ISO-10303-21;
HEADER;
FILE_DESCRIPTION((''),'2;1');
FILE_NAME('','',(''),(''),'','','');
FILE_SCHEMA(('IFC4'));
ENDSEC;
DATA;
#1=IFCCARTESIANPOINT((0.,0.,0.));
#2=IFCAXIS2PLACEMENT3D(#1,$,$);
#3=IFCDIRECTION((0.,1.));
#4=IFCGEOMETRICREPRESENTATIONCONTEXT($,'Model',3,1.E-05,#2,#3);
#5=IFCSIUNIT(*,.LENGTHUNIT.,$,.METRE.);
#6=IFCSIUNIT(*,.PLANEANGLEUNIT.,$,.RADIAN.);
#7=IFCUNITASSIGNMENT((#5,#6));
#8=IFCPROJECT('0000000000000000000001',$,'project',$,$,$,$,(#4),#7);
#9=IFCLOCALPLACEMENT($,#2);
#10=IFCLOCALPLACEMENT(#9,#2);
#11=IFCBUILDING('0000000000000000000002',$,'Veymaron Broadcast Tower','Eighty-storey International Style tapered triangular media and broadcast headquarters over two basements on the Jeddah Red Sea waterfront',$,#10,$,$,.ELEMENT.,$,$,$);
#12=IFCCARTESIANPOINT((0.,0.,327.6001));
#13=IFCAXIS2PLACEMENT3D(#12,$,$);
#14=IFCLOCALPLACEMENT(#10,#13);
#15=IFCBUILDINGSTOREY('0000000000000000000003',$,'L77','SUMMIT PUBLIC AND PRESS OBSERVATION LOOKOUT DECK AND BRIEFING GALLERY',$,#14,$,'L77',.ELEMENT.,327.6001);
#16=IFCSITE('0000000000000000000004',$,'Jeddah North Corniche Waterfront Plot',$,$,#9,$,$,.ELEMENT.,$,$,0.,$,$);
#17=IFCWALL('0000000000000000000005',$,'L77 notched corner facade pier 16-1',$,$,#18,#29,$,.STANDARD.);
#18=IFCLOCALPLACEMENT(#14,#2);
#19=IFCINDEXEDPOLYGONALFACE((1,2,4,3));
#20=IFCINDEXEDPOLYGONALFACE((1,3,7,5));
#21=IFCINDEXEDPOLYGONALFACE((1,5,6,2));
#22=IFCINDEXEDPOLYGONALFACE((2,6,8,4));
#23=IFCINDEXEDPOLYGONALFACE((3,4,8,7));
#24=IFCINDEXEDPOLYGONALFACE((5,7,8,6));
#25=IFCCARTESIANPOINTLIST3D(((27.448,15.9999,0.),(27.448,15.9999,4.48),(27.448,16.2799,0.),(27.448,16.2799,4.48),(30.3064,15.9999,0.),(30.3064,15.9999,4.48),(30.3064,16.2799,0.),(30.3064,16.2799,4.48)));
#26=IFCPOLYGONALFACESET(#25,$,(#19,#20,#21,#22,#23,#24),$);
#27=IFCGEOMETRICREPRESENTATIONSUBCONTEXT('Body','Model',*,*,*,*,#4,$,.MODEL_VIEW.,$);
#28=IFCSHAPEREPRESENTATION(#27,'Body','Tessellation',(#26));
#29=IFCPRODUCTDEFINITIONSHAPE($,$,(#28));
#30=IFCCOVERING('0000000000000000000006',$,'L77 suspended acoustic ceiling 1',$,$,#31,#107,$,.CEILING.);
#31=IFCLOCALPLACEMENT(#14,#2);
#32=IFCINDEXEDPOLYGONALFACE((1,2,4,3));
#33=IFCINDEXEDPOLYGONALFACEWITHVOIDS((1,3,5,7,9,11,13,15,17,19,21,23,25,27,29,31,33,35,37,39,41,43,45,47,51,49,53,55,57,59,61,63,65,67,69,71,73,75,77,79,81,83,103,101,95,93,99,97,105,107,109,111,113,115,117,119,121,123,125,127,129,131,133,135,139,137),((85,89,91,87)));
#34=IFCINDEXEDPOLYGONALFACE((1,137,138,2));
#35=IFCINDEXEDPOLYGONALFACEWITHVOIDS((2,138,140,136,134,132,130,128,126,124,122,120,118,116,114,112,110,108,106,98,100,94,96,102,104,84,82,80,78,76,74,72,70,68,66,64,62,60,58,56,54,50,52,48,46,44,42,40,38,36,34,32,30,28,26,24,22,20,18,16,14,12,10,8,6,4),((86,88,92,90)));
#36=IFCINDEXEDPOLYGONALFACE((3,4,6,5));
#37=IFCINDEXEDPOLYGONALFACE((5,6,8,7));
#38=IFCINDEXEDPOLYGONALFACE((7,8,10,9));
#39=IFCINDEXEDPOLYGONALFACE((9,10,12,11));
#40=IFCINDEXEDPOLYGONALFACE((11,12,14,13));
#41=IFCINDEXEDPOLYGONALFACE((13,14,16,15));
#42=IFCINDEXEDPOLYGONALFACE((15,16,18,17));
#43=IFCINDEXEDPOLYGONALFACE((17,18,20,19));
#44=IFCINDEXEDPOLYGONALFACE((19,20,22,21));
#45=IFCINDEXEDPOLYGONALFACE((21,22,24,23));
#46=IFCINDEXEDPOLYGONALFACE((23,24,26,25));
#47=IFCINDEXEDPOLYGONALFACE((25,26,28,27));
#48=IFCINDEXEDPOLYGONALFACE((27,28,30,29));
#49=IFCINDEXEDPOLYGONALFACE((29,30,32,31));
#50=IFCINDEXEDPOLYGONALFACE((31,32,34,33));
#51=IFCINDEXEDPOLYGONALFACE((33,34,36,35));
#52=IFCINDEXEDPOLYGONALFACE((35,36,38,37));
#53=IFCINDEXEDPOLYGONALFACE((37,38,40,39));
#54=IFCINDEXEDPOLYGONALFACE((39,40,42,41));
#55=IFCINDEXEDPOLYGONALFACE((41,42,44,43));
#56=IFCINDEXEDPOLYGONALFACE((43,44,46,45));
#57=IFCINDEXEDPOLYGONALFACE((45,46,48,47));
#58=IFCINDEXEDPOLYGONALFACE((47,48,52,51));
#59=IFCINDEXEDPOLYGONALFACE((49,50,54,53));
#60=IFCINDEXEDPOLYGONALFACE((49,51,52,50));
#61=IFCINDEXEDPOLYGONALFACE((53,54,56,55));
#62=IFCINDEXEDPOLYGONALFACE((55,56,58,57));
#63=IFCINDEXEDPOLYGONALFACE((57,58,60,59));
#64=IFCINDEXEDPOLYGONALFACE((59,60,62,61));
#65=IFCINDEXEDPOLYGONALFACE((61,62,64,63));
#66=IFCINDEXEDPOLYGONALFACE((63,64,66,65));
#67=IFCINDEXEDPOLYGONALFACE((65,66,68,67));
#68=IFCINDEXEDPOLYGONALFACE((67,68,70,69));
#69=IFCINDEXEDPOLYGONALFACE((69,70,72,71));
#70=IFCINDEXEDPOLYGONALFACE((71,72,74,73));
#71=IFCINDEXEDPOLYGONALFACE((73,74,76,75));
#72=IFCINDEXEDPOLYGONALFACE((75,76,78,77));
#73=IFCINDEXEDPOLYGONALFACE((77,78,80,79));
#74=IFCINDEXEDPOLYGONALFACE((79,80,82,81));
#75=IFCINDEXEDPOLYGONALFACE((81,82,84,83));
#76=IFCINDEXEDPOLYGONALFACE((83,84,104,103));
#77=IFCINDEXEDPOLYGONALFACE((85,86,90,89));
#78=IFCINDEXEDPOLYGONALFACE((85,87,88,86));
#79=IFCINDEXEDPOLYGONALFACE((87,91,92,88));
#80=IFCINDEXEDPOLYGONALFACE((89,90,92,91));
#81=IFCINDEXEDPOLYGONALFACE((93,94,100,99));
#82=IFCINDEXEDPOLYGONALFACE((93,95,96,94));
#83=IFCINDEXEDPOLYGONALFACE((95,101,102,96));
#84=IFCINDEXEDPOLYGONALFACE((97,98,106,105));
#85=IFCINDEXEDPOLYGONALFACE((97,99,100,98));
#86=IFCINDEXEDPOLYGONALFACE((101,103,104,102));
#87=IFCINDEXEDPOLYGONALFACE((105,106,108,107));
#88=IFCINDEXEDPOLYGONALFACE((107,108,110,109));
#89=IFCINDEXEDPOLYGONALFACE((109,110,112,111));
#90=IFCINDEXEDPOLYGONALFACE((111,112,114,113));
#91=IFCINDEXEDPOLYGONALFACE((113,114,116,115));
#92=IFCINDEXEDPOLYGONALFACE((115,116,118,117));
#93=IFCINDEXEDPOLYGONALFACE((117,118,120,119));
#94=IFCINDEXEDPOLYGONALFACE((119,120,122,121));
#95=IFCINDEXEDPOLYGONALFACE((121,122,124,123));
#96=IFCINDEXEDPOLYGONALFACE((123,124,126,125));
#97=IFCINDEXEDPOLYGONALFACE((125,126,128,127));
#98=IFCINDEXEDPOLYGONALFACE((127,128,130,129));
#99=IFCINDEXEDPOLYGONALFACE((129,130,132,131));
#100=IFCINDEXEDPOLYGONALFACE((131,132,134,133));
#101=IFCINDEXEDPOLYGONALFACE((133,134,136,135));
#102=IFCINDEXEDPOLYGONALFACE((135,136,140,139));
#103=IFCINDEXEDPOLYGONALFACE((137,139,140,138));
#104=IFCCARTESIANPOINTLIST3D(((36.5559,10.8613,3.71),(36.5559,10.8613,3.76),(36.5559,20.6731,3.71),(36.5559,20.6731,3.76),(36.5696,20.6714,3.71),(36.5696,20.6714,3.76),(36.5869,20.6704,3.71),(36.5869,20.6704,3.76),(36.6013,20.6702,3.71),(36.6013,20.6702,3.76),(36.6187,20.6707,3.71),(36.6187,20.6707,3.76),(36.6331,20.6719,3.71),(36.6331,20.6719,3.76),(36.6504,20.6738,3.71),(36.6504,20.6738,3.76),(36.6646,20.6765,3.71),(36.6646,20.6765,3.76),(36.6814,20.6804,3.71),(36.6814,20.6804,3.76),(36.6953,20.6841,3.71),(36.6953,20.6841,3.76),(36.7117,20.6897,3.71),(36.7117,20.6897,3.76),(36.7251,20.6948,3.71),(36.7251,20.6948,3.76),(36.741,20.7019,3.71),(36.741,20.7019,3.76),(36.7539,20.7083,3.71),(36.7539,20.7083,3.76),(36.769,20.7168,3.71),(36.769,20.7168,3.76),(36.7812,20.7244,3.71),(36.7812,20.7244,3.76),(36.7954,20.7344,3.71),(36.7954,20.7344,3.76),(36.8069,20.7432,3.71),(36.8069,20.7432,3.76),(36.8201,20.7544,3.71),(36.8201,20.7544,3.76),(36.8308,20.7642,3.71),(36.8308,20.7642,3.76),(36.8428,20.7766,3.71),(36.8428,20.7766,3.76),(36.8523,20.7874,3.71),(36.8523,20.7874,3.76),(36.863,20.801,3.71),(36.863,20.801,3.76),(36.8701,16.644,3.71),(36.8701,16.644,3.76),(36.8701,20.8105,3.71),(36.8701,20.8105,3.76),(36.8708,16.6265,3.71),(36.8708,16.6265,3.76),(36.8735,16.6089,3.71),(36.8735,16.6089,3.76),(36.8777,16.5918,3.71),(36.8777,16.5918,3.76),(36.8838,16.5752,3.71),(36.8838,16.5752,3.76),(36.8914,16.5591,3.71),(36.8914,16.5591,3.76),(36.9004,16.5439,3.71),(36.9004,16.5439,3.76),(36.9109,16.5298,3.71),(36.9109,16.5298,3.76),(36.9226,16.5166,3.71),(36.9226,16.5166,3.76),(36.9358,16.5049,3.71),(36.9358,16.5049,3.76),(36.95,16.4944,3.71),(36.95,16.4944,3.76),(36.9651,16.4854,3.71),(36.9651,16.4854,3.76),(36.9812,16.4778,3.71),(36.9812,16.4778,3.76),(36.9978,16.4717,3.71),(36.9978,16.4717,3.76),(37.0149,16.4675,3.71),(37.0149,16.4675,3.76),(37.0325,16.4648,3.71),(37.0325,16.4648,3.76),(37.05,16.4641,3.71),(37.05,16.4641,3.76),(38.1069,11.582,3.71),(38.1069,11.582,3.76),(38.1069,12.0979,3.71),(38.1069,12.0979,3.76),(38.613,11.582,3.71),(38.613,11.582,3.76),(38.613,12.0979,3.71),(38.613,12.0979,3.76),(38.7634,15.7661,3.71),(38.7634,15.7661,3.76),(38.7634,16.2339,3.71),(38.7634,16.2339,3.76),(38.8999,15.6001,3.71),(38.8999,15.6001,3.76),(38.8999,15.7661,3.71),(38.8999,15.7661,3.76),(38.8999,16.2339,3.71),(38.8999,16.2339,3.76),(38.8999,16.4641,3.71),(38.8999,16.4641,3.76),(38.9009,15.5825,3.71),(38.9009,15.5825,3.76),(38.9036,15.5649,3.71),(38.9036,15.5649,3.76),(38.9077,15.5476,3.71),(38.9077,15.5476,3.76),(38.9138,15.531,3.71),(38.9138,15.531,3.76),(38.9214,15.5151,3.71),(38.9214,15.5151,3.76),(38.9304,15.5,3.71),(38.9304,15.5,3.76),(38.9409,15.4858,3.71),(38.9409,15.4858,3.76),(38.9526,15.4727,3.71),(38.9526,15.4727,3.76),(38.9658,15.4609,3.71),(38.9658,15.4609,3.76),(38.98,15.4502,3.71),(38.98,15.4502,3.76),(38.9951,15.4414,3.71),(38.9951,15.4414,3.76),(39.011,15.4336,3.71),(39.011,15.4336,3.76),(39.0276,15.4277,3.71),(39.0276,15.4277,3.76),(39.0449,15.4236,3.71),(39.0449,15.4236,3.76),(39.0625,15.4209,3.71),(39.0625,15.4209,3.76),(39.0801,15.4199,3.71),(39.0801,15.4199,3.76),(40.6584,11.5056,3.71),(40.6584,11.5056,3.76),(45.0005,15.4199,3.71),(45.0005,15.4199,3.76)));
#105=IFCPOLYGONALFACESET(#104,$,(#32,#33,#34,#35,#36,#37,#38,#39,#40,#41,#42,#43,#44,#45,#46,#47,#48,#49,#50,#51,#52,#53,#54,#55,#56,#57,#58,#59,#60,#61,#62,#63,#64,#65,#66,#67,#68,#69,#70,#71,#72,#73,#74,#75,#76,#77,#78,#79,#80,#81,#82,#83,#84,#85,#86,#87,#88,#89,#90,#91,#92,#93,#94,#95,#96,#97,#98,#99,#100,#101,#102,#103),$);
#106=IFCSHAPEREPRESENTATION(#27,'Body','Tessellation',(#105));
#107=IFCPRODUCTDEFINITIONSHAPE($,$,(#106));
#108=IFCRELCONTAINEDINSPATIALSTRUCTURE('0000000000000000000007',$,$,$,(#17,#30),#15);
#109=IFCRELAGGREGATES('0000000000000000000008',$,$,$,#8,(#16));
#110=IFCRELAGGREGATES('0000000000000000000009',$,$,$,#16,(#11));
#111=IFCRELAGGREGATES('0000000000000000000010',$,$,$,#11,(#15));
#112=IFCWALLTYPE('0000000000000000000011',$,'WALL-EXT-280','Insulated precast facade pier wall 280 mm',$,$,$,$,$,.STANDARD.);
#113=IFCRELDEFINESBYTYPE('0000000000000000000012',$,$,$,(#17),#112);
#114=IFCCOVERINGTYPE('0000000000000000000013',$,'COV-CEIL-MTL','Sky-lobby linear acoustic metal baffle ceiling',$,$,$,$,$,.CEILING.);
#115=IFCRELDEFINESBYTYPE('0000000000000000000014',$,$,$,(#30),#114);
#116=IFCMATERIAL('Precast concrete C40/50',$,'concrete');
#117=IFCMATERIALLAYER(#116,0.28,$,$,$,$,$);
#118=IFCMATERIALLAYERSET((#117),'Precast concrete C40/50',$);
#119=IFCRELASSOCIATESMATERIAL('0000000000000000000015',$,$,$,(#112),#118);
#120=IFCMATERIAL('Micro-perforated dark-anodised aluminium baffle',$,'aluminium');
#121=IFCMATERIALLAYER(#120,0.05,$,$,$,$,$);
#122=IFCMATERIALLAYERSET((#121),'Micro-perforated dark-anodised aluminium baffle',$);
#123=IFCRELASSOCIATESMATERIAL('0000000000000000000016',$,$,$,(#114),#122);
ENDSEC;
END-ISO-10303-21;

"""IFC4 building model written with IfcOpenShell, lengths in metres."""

from ifc_helpers import new_model, si_unit, direction, frame, frame_2d, origin, place, context, subcontext, project, spatial, polyline, rectangle, outline, extrude, material, layer, layer_set, type_object, element, save


model = new_model("IFC4")

# Units and contexts
model_context = context("Model", 3, precision=1e-05, world=origin(), true_north=direction((0.0, 1.0)))
body_context = subcontext(model_context, "Body", "Model", "MODEL_VIEW")
ifc_project = project(units=[si_unit("LENGTHUNIT", "METRE"), si_unit("PLANEANGLEUNIT", "RADIAN")], contexts=[model_context])

# Site, building, storey
site_placement = place(None, origin())
site = spatial("IfcSite", under=ifc_project, at=site_placement, Name="Jeddah North Corniche Waterfront Plot", CompositionType="ELEMENT", RefElevation=0.0)
building_placement = place(site_placement, origin())
building = spatial("IfcBuilding", under=site, at=building_placement, Name="Veymaron Broadcast Tower", Description="Eighty-storey International Style tapered triangular media and broadcast headquarters over two basements on the Jeddah Red Sea waterfront", CompositionType="ELEMENT")
storey_placement = place(building_placement, frame((0.0, 0.0, 327.6001)))
storey = spatial("IfcBuildingStorey", under=building, at=storey_placement, Name="L77", Description="SUMMIT PUBLIC AND PRESS OBSERVATION LOOKOUT DECK AND BRIEFING GALLERY", LongName="L77", CompositionType="ELEMENT", Elevation=327.6001)

# Wall
ifc_material_1 = material(Name="Precast concrete C40/50", Category="concrete")
ifc_layer_1 = layer(ifc_material_1, 0.28)
ifc_layer_set_1 = layer_set([ifc_layer_1], Name="Precast concrete C40/50")
wall_type_1 = type_object("IfcWallType", Name="WALL-EXT-280", Description="Insulated precast facade pier wall 280 mm", PredefinedType="STANDARD", material=ifc_layer_set_1)
wall_1_placement = place(storey_placement, frame((27.448, 16.1399, 0.0), z_axis=(0.0, 0.0, 1.0), x_axis=(1.0, 0.0, 0.0)))
element("IfcWall", 1, at=wall_1_placement, inside=storey, type_object=wall_type_1, Name="L77 notched corner facade pier 16-1", PredefinedType="STANDARD", context=body_context, shape_type="SweptSolid", body=[
    extrude(rectangle(XDim=2.8584, YDim=0.28, at=frame_2d((1.4292, 0.0))), origin(), (0.0, 0.0, 1.0), 4.48),
])

# Covering
ifc_material_2 = material(Name="Micro-perforated dark-anodised aluminium baffle", Category="aluminium")
ifc_layer_2 = layer(ifc_material_2, 0.05)
ifc_layer_set_2 = layer_set([ifc_layer_2], Name="Micro-perforated dark-anodised aluminium baffle")
covering_type_1 = type_object("IfcCoveringType", Name="COV-CEIL-MTL", Description="Sky-lobby linear acoustic metal baffle ceiling", PredefinedType="CEILING", material=ifc_layer_set_2)
covering_1_placement = place(storey_placement, frame((0.0, 0.0, 3.71)))
element("IfcCovering", 2, at=covering_1_placement, inside=storey, type_object=covering_type_1, Name="L77 suspended acoustic ceiling 1", PredefinedType="CEILING", context=body_context, shape_type="SweptSolid", body=[
    extrude(outline(polyline([(36.7812, 20.7244), (36.7954, 20.7344), (36.8069, 20.7432), (36.8201, 20.7544), (36.8308, 20.7642), (36.8428, 20.7766), (36.8523, 20.7874), (36.863, 20.801), (36.8701, 20.8105), (36.8701, 16.644), (36.8708, 16.6265), (36.8735, 16.6089), (36.8777, 16.5918), (36.8838, 16.5752), (36.8914, 16.5591), (36.9004, 16.5439), (36.9109, 16.5298), (36.9226, 16.5166), (36.9358, 16.5049), (36.95, 16.4944), (36.9651, 16.4854), (36.9812, 16.4778), (36.9978, 16.4717), (37.0149, 16.4675), (37.0325, 16.4648), (37.05, 16.4641), (38.8999, 16.4641), (38.8999, 16.2339), (38.7634, 16.2339), (38.7634, 15.7661), (38.8999, 15.7661), (38.8999, 15.6001), (38.9009, 15.5825), (38.9036, 15.5649), (38.9077, 15.5476), (38.9138, 15.531), (38.9214, 15.5151), (38.9304, 15.5), (38.9409, 15.4858), (38.9526, 15.4727), (38.9658, 15.4609), (38.98, 15.4502), (38.9951, 15.4414), (39.011, 15.4336), (39.0276, 15.4277), (39.0449, 15.4236), (39.0625, 15.4209), (39.0801, 15.4199), (45.0005, 15.4199), (40.6584, 11.5056), (36.5559, 10.8613), (36.5559, 20.6731), (36.5696, 20.6714), (36.5869, 20.6704), (36.6013, 20.6702), (36.6187, 20.6707), (36.6331, 20.6719), (36.6504, 20.6738), (36.6646, 20.6765), (36.6814, 20.6804), (36.6953, 20.6841), (36.7117, 20.6897), (36.7251, 20.6948), (36.741, 20.7019), (36.7539, 20.7083), (36.769, 20.7168), (36.7812, 20.7244)]), holes=[polyline([(38.613, 12.0979), (38.1069, 12.0979), (38.1069, 11.582), (38.613, 11.582), (38.613, 12.0979)])]), origin(), (0.0, 0.0, 1.0), 0.05),
])

save(model, "model.ifc")
